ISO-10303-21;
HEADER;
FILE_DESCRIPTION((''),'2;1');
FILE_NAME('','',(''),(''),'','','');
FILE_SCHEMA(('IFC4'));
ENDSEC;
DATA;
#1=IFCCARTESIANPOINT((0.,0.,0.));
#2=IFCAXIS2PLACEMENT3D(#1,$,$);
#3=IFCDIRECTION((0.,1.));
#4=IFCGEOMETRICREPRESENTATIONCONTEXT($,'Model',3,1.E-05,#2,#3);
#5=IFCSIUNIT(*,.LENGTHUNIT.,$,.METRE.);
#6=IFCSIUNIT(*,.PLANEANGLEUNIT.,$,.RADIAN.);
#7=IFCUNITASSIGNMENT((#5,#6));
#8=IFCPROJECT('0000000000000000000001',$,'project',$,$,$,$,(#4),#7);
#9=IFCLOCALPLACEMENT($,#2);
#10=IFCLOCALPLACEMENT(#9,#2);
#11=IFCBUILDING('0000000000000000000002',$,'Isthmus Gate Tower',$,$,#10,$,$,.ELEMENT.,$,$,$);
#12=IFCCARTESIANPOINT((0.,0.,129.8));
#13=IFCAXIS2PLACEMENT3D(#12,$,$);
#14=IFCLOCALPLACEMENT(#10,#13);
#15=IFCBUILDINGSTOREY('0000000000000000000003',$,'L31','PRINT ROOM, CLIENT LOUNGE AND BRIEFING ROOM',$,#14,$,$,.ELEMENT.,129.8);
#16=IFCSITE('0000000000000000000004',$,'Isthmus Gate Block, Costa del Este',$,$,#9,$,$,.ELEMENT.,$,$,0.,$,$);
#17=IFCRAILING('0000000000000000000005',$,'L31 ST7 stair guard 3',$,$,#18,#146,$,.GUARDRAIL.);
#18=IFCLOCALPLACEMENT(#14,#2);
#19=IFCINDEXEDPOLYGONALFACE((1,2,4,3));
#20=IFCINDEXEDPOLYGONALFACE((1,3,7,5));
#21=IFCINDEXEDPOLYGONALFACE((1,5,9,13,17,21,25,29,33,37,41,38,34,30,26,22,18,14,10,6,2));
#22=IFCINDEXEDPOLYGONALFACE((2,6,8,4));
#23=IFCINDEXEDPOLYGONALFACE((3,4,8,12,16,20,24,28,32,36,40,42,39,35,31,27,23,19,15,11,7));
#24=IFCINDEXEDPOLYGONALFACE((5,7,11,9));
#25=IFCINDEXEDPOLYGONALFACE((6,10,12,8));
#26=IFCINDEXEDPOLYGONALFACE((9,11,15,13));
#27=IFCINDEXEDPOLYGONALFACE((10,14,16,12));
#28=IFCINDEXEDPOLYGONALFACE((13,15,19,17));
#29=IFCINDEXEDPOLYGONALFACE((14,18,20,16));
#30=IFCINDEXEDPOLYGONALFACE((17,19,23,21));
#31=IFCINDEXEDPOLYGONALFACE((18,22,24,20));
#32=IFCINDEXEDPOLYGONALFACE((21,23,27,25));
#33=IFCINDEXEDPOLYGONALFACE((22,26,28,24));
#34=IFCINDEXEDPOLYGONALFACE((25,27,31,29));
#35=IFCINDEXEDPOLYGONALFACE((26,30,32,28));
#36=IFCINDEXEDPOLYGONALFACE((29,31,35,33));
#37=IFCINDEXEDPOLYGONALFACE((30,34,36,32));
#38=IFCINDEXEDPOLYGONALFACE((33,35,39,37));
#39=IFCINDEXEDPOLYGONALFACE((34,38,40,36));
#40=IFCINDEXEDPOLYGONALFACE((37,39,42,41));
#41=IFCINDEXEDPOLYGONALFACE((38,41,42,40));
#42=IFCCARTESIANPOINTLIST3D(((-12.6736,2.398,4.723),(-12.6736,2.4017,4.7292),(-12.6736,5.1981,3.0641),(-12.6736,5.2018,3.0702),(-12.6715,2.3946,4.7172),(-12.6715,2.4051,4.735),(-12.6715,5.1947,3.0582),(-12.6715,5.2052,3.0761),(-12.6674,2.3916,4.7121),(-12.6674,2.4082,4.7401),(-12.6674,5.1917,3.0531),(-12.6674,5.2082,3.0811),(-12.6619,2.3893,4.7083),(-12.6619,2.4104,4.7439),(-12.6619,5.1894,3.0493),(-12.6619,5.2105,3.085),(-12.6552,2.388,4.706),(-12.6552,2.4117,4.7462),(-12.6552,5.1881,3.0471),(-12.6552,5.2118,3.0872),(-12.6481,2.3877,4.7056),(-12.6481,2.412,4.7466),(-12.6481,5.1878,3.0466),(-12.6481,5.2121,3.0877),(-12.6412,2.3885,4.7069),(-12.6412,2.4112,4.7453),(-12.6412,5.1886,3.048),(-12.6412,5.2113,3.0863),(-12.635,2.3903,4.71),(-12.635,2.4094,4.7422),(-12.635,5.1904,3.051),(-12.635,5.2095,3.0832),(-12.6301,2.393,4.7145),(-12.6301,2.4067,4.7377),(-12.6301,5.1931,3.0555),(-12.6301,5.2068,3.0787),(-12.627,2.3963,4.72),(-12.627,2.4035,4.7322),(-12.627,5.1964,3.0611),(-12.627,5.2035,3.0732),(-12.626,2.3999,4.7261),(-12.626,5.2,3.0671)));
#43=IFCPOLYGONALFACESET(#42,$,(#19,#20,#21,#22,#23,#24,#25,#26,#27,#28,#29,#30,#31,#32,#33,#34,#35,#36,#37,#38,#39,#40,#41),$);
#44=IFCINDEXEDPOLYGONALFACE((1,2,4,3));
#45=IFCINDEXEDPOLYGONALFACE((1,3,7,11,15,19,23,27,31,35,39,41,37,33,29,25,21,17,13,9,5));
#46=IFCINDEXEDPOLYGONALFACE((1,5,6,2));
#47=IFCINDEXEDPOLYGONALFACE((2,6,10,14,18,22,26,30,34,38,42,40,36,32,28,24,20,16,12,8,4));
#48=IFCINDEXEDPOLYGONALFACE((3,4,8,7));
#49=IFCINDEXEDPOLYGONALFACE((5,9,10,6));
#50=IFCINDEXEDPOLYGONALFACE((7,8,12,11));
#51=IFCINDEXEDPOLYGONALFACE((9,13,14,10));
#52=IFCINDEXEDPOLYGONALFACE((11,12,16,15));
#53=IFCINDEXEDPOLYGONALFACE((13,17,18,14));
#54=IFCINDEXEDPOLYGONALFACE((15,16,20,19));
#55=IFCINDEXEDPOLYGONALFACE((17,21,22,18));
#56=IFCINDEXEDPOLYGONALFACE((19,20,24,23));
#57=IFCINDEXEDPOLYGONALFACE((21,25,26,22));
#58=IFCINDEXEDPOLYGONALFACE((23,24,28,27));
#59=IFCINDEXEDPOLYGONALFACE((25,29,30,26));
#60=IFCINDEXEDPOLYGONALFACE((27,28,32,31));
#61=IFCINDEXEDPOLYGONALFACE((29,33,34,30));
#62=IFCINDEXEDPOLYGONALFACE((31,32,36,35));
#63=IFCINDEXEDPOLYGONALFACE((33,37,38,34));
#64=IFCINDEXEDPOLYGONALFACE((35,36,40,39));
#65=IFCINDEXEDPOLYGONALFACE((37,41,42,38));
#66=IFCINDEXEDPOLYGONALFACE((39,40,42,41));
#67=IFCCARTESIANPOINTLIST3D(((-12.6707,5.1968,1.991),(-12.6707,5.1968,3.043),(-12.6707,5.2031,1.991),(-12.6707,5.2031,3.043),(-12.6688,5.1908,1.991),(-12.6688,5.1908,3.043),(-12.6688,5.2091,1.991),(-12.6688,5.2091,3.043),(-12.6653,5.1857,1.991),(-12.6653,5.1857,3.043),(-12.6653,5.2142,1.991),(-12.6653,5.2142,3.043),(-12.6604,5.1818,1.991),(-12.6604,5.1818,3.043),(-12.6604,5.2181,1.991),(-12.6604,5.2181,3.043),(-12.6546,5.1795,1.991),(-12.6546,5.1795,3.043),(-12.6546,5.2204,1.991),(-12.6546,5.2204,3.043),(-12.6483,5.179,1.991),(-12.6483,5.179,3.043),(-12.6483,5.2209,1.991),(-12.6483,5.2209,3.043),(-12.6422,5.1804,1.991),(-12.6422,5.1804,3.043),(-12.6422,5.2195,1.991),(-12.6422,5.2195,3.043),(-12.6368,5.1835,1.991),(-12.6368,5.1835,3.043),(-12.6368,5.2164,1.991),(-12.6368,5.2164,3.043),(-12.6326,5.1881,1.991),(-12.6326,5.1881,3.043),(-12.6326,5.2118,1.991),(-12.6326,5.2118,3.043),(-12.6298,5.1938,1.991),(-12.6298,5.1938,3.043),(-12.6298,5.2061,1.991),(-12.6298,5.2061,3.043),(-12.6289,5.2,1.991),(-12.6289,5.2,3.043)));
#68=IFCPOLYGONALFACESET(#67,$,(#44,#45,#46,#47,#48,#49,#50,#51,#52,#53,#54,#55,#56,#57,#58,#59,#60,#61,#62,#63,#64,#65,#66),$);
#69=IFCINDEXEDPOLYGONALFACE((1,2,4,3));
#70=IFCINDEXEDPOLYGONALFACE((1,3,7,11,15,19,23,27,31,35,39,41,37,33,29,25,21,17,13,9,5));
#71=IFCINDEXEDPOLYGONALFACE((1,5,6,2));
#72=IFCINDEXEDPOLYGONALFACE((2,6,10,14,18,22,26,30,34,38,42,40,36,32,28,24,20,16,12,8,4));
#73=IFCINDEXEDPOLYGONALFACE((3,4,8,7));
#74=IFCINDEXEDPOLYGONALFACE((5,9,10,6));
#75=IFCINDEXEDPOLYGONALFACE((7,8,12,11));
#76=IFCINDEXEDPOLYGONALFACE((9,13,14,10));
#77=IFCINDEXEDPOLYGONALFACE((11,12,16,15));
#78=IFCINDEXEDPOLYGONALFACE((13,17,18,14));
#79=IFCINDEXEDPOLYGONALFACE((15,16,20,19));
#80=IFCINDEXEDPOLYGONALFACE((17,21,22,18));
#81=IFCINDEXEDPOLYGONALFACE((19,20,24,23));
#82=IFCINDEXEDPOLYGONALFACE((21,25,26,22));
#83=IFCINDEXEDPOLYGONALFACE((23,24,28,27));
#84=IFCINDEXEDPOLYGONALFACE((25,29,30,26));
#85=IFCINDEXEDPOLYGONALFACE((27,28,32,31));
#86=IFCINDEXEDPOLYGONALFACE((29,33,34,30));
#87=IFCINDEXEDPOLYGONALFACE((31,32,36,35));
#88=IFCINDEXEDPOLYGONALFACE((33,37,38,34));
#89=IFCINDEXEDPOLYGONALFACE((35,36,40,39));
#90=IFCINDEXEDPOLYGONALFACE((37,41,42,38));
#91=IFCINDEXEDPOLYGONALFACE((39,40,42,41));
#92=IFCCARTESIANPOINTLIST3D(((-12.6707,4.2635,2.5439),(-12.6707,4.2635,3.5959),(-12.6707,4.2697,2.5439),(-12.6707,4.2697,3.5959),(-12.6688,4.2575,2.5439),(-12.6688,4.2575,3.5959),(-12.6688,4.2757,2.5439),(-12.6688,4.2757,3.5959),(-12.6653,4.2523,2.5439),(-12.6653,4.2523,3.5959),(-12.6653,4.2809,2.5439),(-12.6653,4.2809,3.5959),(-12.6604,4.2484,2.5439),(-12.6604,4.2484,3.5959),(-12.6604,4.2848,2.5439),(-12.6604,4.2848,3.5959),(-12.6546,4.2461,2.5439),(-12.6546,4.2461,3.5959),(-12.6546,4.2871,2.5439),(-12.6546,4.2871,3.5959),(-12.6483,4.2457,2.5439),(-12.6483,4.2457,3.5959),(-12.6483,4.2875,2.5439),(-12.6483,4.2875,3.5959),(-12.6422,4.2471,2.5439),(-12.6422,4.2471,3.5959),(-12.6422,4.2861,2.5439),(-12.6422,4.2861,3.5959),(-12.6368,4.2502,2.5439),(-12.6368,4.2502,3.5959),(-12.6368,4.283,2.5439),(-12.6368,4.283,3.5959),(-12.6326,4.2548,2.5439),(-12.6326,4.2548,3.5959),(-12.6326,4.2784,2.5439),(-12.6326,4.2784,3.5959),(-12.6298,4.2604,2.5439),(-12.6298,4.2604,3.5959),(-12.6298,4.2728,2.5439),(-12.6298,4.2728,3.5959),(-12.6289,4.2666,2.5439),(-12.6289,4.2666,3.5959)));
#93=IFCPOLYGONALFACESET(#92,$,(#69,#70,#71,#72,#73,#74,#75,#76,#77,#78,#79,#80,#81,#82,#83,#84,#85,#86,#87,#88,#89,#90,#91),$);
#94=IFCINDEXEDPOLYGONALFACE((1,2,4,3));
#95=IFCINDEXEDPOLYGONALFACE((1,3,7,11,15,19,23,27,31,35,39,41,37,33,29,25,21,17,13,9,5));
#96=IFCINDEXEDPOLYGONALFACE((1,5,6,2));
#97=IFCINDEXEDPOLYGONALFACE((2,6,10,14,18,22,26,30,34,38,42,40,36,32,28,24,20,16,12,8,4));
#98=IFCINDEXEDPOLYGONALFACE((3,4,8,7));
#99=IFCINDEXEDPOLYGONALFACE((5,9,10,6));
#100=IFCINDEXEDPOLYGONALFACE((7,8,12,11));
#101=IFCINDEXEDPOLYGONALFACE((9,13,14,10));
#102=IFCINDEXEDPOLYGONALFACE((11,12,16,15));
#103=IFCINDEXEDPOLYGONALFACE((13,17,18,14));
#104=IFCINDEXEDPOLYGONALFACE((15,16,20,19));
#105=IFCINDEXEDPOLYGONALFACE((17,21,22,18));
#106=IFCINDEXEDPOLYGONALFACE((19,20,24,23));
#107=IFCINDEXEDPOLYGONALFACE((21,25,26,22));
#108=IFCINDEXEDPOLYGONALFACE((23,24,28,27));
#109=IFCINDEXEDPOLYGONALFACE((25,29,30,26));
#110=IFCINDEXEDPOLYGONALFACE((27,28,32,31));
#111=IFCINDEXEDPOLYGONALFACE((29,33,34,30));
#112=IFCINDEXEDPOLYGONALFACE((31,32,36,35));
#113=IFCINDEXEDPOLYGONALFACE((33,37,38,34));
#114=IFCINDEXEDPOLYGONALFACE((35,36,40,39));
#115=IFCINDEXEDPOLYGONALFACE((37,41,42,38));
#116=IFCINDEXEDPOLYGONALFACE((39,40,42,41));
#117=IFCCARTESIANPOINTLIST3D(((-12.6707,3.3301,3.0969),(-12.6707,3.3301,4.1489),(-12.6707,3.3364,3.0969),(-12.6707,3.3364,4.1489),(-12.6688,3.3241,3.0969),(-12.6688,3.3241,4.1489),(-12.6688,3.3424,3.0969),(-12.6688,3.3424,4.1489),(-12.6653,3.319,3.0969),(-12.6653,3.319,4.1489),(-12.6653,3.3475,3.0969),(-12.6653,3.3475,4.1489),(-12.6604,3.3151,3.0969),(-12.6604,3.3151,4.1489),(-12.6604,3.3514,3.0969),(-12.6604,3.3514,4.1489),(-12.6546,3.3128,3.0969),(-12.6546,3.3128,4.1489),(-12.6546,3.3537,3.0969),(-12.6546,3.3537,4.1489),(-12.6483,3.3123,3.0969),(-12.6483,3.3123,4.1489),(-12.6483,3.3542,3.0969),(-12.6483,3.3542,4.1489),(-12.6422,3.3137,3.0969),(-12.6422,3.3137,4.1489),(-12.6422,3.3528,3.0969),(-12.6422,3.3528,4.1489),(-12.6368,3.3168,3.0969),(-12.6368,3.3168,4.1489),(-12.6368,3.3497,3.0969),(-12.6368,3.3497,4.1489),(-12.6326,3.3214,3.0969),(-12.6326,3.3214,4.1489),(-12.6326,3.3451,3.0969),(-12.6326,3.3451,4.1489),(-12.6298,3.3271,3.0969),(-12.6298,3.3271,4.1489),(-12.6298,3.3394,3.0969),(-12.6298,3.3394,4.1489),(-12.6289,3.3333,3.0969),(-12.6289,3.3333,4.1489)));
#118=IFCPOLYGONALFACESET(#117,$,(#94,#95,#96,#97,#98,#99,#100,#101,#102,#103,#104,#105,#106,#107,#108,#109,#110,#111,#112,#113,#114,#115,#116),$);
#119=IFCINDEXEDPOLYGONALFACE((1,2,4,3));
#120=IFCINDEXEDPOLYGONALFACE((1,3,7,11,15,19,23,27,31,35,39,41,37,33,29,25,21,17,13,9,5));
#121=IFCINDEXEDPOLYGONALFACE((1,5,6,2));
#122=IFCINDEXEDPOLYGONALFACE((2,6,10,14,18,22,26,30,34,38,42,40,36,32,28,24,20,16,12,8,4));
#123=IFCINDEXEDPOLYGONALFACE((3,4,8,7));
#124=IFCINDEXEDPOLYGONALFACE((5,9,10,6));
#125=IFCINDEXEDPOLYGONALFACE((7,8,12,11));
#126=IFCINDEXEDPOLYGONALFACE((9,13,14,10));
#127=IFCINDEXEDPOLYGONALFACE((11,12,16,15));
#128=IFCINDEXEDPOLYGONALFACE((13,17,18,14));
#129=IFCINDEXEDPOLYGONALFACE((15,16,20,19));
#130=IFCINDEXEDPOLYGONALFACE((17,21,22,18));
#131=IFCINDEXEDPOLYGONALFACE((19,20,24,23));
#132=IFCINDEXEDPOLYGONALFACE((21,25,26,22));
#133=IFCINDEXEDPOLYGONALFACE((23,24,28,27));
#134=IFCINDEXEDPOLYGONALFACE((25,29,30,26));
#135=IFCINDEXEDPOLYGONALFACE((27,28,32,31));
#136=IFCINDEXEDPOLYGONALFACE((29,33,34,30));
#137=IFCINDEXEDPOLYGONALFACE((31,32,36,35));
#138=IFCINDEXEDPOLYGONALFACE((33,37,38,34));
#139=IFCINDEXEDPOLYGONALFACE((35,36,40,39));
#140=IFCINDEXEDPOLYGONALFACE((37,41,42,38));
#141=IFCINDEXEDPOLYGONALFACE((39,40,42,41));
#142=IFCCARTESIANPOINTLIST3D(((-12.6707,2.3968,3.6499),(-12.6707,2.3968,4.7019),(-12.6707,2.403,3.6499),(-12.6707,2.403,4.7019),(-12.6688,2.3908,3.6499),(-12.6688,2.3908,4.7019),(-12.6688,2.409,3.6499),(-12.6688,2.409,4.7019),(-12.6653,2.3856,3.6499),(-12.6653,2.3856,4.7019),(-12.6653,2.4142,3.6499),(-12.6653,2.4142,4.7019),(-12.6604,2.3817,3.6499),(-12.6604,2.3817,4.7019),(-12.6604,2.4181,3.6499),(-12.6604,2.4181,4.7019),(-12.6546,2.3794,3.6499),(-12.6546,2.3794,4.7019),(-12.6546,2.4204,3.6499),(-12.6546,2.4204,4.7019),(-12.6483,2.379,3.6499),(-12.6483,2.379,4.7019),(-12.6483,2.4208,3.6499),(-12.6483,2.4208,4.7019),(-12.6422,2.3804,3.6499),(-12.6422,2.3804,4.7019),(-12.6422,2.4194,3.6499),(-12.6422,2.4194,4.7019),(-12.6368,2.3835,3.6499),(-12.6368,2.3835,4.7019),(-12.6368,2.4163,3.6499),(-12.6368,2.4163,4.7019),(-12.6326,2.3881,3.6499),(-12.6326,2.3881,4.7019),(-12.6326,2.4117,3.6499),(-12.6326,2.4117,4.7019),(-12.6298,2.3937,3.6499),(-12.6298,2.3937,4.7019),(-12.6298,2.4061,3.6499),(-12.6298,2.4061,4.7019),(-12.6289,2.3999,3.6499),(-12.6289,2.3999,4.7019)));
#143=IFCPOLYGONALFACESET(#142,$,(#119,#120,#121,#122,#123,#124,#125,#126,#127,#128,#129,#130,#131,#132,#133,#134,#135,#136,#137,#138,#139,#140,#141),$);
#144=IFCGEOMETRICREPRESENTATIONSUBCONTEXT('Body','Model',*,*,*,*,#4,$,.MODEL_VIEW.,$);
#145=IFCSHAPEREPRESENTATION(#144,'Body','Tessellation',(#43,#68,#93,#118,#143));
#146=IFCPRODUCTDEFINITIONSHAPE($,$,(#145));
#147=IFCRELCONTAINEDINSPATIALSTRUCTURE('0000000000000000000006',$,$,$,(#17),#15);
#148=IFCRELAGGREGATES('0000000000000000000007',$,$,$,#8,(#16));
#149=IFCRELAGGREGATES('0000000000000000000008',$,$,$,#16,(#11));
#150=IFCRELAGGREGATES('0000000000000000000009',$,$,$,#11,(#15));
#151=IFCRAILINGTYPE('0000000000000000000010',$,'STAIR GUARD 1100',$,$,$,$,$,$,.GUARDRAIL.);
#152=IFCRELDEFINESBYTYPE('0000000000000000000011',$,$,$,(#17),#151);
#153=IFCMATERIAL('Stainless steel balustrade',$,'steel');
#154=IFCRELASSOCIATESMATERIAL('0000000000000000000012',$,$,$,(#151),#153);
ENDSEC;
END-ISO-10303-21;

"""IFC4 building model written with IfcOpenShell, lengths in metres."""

from ifc_helpers import new_model, si_unit, direction, frame, origin, origin_2d, place, context, subcontext, project, spatial, circle, extrude, material, type_object, element, save


model = new_model("IFC4")

# Units and contexts
model_context = context("Model", 3, precision=1e-05, world=origin(), true_north=direction((0.0, 1.0)))
body_context = subcontext(model_context, "Body", "Model", "MODEL_VIEW")
ifc_project = project(units=[si_unit("LENGTHUNIT", "METRE"), si_unit("PLANEANGLEUNIT", "RADIAN")], contexts=[model_context])

# Site, building, storey
site_placement = place(None, origin())
site = spatial("IfcSite", under=ifc_project, at=site_placement, Name="Isthmus Gate Block, Costa del Este", CompositionType="ELEMENT", RefElevation=0.0)
building_placement = place(site_placement, origin())
building = spatial("IfcBuilding", under=site, at=building_placement, Name="Isthmus Gate Tower", CompositionType="ELEMENT")
storey_placement = place(building_placement, frame((0.0, 0.0, 129.8)))
storey = spatial("IfcBuildingStorey", under=building, at=storey_placement, Name="L31", Description="PRINT ROOM, CLIENT LOUNGE AND BRIEFING ROOM", CompositionType="ELEMENT", Elevation=129.8)

# Railing
ifc_material_1 = material(Name="Stainless steel balustrade", Category="steel")
railing_type_1 = type_object("IfcRailingType", Name="STAIR GUARD 1100", PredefinedType="GUARDRAIL", material=ifc_material_1)
railing_1_placement = place(storey_placement, frame((-12.6499, 5.2, 1.991)))
element("IfcRailing", 1, at=railing_1_placement, inside=storey, type_object=railing_type_1, Name="L31 ST7 stair guard 3", PredefinedType="GUARDRAIL", context=body_context, shape_type="SweptSolid", body=[
    extrude(circle(Radius=0.0239, at=origin_2d()), frame((0.0, 0.0, 1.0762), z_axis=(0.0, -0.860339, 0.509722), x_axis=(1.0, 0.0, 0.0)), (0.0, 0.0, 1.0), 3.2546),
    extrude(circle(Radius=0.021, at=origin_2d()), origin(), (0.0, 0.0, 1.0), 1.052),
    extrude(circle(Radius=0.021, at=origin_2d()), frame((0.0, -0.9333, 0.553)), (0.0, 0.0, 1.0), 1.052),
    extrude(circle(Radius=0.021, at=origin_2d()), frame((0.0, -1.8667, 1.106)), (0.0, 0.0, 1.0), 1.052),
    extrude(circle(Radius=0.021, at=origin_2d()), frame((0.0, -2.8, 1.6589)), (0.0, 0.0, 1.0), 1.052),
])

save(model, "model.ifc")
